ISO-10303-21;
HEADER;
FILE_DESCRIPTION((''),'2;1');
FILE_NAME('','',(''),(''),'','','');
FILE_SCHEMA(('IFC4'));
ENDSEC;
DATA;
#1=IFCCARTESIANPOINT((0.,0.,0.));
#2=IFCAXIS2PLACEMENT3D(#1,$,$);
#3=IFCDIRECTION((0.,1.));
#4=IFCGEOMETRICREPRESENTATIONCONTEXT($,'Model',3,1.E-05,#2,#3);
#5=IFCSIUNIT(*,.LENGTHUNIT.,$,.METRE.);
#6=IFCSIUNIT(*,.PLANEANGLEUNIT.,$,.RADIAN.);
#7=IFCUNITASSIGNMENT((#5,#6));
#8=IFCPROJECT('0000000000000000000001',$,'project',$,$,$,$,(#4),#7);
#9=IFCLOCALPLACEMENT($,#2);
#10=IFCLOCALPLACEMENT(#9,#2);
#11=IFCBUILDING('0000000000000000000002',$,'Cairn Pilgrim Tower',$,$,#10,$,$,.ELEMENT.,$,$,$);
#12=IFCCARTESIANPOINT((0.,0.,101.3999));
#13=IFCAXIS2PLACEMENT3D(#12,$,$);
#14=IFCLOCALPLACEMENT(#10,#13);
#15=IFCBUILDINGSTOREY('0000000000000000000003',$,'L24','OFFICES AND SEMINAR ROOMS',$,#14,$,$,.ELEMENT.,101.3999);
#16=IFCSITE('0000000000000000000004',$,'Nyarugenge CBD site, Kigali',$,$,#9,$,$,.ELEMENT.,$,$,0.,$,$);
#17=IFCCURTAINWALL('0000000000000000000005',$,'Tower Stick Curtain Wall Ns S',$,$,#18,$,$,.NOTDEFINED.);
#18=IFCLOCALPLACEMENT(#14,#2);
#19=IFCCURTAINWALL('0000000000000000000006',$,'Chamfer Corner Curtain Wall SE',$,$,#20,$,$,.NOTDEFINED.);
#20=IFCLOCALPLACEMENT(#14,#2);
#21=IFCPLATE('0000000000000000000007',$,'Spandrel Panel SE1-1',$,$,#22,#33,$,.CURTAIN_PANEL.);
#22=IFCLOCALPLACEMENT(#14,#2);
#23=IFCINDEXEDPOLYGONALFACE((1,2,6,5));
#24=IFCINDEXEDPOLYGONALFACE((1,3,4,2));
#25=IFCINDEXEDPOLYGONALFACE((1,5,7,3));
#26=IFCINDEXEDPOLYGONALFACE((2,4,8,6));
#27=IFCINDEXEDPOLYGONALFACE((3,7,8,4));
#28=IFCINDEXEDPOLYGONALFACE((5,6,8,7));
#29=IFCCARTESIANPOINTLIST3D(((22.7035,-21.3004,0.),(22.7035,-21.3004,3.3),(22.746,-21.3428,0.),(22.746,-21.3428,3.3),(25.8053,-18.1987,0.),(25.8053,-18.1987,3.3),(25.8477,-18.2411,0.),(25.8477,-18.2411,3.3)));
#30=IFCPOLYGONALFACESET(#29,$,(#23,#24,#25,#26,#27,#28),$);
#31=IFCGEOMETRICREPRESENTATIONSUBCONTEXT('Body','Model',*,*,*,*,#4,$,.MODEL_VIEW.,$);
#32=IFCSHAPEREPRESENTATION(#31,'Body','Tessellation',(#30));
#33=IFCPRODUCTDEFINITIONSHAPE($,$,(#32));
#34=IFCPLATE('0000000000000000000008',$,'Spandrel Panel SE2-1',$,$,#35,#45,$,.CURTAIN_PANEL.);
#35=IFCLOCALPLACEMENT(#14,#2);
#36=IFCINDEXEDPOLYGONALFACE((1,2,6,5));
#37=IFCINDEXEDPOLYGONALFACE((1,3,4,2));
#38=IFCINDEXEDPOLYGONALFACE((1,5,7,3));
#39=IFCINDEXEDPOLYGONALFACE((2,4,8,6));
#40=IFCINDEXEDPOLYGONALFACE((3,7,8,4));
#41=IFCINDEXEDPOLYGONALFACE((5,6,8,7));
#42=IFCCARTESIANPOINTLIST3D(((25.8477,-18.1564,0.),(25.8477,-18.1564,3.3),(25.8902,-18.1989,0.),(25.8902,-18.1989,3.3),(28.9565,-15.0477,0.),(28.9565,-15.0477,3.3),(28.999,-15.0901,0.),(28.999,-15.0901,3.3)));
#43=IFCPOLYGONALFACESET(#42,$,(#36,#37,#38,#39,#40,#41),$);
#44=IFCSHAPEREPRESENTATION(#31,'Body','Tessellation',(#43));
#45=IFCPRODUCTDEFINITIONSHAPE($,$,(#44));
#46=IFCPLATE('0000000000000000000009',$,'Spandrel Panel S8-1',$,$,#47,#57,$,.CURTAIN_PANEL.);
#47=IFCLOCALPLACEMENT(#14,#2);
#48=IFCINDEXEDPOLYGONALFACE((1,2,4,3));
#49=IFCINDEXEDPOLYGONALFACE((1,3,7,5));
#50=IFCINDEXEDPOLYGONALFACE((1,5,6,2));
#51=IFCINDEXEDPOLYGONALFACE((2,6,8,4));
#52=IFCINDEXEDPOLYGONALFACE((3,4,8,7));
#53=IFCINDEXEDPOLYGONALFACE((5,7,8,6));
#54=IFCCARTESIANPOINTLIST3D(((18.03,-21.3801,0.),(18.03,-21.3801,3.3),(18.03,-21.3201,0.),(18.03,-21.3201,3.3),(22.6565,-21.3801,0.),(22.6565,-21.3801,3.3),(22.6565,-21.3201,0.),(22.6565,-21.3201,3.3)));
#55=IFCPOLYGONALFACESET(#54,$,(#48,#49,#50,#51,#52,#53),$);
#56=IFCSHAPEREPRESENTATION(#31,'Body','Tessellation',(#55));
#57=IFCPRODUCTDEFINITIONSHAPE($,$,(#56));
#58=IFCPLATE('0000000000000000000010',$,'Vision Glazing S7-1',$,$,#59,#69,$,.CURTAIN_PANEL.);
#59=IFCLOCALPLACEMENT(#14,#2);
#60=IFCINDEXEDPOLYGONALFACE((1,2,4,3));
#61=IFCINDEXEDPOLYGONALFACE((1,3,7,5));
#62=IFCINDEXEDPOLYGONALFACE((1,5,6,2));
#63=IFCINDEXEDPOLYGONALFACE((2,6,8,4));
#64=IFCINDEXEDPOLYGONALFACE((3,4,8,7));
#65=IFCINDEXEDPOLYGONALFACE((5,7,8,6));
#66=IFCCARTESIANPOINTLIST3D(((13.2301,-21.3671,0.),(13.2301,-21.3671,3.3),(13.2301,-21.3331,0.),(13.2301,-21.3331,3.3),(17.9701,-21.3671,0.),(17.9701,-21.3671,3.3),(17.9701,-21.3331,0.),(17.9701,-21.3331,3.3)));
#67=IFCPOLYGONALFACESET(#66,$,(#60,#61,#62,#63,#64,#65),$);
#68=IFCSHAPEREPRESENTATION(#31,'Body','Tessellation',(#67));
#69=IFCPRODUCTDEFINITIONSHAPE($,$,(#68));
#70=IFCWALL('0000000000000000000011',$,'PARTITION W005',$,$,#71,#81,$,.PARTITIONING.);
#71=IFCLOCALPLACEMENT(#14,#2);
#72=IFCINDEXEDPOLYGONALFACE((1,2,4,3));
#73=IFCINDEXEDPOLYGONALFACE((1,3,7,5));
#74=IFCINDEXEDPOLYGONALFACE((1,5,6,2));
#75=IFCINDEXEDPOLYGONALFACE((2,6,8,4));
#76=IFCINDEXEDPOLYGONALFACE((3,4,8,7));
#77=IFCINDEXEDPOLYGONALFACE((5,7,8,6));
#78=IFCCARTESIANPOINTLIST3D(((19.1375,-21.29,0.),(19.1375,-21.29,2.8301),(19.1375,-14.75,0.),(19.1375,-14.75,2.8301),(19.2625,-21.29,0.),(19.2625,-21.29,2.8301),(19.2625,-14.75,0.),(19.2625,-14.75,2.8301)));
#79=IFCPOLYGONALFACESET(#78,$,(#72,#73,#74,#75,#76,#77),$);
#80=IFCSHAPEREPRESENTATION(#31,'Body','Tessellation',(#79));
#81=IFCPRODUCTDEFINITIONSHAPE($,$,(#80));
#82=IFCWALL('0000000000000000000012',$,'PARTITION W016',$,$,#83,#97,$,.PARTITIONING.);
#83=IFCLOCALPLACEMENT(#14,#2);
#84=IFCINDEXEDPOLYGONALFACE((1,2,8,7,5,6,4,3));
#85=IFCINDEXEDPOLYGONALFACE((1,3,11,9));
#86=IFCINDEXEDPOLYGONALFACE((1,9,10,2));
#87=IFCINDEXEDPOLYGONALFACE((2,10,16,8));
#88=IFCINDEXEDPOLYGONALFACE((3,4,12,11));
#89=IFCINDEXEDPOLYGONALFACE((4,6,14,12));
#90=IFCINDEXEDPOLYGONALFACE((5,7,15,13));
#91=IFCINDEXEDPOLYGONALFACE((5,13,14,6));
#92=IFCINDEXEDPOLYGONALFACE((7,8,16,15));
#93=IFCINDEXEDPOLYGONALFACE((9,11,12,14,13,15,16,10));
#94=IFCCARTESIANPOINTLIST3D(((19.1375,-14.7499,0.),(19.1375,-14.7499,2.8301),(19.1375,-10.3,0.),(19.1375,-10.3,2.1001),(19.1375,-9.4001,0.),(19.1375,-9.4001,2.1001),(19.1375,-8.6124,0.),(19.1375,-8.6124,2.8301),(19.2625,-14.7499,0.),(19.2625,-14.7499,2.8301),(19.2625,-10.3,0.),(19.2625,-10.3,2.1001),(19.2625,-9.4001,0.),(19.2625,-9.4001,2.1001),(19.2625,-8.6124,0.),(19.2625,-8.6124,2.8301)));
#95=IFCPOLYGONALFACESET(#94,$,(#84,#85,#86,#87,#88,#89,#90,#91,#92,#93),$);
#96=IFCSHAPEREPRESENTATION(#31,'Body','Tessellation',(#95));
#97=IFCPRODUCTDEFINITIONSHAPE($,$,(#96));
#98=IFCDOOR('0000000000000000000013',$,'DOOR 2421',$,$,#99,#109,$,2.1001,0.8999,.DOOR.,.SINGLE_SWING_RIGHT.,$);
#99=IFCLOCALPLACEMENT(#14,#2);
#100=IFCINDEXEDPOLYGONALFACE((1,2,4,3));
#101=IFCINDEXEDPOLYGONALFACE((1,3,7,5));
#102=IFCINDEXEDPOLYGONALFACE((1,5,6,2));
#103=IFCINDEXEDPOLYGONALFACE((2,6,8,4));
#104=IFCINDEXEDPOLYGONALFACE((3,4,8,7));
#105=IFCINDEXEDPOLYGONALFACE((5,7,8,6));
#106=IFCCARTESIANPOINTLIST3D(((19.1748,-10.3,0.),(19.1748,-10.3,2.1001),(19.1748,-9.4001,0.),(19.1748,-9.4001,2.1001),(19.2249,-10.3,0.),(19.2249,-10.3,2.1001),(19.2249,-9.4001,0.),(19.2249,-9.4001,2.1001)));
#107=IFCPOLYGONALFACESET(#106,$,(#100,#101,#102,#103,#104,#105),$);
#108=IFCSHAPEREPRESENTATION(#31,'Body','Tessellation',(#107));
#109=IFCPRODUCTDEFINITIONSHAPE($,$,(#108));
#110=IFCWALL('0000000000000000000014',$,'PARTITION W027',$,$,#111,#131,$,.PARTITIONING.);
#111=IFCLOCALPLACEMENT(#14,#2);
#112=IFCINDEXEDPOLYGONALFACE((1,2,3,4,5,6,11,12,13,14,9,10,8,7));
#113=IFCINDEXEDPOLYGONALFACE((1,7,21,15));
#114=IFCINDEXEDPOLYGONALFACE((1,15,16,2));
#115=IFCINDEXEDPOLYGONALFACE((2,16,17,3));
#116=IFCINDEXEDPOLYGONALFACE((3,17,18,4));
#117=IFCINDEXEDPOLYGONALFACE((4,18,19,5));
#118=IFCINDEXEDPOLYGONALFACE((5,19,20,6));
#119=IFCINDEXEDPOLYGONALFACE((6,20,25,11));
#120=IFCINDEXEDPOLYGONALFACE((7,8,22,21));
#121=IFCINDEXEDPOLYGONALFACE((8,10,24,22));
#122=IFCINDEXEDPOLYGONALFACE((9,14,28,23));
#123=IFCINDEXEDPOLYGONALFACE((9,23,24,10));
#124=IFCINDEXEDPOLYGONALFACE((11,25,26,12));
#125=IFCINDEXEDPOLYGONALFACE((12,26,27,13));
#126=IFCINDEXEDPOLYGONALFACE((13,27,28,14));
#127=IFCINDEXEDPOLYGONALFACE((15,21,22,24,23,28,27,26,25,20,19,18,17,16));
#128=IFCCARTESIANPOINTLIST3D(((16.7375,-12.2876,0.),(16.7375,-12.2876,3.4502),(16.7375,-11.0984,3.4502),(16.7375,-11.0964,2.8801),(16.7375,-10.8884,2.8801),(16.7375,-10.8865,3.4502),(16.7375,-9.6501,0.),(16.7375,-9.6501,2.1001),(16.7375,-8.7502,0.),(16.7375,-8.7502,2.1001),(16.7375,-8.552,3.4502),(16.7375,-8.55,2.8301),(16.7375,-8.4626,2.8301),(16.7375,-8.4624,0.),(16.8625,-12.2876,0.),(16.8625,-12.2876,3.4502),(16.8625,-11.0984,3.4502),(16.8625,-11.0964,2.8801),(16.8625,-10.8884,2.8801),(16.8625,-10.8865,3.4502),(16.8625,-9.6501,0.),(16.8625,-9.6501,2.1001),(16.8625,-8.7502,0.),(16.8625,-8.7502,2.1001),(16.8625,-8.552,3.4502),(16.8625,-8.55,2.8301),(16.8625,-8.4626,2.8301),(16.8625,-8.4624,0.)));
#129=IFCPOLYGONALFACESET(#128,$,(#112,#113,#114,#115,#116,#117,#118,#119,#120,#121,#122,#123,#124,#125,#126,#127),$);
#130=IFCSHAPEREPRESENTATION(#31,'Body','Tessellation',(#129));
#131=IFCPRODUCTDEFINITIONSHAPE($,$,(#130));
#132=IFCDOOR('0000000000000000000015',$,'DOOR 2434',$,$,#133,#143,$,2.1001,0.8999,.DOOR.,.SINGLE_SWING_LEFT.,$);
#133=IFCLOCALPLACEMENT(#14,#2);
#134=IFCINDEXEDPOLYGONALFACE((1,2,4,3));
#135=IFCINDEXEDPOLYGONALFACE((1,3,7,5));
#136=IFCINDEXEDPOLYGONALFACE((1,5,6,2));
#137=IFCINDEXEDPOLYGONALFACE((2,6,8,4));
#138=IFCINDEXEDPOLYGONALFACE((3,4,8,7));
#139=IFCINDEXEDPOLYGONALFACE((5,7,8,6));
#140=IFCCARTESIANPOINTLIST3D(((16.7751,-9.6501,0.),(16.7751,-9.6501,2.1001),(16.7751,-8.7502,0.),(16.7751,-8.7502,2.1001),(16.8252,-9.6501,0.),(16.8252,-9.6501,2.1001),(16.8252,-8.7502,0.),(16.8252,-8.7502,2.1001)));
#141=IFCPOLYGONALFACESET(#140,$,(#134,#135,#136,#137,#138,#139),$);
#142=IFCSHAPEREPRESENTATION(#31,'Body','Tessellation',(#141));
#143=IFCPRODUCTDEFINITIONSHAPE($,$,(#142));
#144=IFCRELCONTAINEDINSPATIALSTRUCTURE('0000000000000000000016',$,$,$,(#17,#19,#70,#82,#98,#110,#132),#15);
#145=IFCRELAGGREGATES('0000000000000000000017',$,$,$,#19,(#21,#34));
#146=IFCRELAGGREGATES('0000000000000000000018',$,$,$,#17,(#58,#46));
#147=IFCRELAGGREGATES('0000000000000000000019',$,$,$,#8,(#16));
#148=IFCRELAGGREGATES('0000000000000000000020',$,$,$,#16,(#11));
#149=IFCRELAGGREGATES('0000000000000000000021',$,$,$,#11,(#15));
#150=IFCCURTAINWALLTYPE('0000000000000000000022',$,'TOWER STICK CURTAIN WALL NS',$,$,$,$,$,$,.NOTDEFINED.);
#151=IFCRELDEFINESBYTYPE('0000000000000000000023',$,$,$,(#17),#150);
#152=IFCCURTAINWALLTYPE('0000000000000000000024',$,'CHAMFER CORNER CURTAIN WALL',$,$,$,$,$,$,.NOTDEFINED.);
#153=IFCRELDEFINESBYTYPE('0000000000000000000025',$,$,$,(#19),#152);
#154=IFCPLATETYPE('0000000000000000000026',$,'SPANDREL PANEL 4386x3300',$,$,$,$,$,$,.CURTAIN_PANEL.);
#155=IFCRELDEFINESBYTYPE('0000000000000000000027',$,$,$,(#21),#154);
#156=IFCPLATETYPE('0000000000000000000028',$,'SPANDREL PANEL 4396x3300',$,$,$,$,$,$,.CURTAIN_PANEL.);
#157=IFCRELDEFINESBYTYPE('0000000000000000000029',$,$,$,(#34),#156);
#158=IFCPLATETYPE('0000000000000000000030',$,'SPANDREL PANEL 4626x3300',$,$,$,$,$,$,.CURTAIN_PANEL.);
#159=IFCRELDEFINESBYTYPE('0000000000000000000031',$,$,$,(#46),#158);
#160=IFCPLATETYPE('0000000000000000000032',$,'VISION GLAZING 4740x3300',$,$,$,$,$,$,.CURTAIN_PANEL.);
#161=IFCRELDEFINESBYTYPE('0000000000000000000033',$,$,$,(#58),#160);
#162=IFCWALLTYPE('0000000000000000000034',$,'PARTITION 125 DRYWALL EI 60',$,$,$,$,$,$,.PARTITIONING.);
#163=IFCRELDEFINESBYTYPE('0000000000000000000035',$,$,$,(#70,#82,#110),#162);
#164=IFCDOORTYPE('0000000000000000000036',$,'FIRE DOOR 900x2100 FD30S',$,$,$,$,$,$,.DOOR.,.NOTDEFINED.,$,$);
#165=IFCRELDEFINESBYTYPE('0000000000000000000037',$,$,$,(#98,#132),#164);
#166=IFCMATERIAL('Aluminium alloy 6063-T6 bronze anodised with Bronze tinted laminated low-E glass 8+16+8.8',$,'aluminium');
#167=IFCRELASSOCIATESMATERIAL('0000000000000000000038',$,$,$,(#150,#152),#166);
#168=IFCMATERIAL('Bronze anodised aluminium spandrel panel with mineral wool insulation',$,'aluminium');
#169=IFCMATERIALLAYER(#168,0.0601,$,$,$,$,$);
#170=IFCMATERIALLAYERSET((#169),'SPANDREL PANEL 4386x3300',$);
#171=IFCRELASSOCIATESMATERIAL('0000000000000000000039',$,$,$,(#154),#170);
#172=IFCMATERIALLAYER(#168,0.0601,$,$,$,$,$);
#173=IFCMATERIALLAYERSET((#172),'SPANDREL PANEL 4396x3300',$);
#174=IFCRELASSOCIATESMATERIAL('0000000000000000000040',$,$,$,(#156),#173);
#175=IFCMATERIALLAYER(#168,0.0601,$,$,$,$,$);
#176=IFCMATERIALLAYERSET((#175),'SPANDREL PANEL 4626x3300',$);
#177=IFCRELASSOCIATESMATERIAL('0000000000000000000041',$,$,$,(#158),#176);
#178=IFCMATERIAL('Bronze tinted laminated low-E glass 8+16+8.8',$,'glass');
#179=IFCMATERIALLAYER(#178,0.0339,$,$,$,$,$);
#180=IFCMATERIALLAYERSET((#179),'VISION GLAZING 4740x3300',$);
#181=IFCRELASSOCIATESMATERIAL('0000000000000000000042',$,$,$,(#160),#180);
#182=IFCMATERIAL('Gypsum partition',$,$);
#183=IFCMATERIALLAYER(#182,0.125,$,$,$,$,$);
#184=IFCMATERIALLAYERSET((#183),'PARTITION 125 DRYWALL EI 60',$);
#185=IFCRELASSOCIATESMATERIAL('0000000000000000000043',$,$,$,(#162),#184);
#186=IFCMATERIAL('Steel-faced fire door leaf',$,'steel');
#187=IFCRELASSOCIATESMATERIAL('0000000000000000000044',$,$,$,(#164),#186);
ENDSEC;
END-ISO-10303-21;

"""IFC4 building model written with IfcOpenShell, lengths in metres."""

from ifc_helpers import new_model, si_unit, direction, frame, frame_2d, origin, origin_2d, place, context, subcontext, project, spatial, polyline, rectangle, outline, extrude, material, layer, layer_set, type_object, element, fill, aggregate, save


model = new_model("IFC4")

# Units and contexts
model_context = context("Model", 3, precision=1e-05, world=origin(), true_north=direction((0.0, 1.0)))
body_context = subcontext(model_context, "Body", "Model", "MODEL_VIEW")
ifc_project = project(units=[si_unit("LENGTHUNIT", "METRE"), si_unit("PLANEANGLEUNIT", "RADIAN")], contexts=[model_context])

# Site, building, storey
site_placement = place(None, origin())
site = spatial("IfcSite", under=ifc_project, at=site_placement, Name="Nyarugenge CBD site, Kigali", CompositionType="ELEMENT", RefElevation=0.0)
building_placement = place(site_placement, origin())
building = spatial("IfcBuilding", under=site, at=building_placement, Name="Cairn Pilgrim Tower", CompositionType="ELEMENT")
storey_placement = place(building_placement, frame((0.0, 0.0, 101.3999)))
storey = spatial("IfcBuildingStorey", under=building, at=storey_placement, Name="L24", Description="OFFICES AND SEMINAR ROOMS", CompositionType="ELEMENT", Elevation=101.3999)

# Curtain wall
ifc_material_1 = material(Name="Aluminium alloy 6063-T6 bronze anodised with Bronze tinted laminated low-E glass 8+16+8.8", Category="aluminium")
curtain_wall_type_1 = type_object("IfcCurtainWallType", Name="TOWER STICK CURTAIN WALL NS", PredefinedType="NOTDEFINED", material=ifc_material_1)
curtain_wall_1_placement = place(storey_placement, origin())
curtain_wall_1 = element("IfcCurtainWall", 1, at=curtain_wall_1_placement, inside=storey, type_object=curtain_wall_type_1, Name="Tower Stick Curtain Wall Ns S", PredefinedType="NOTDEFINED")

# Curtain wall
curtain_wall_type_2 = type_object("IfcCurtainWallType", Name="CHAMFER CORNER CURTAIN WALL", PredefinedType="NOTDEFINED", material=ifc_material_1)
curtain_wall_2_placement = place(storey_placement, origin())
curtain_wall_2 = element("IfcCurtainWall", 2, at=curtain_wall_2_placement, inside=storey, type_object=curtain_wall_type_2, Name="Chamfer Corner Curtain Wall SE", PredefinedType="NOTDEFINED")

# Plates
ifc_material_2 = material(Name="Bronze anodised aluminium spandrel panel with mineral wool insulation", Category="aluminium")
ifc_layer_1 = layer(ifc_material_2, 0.0601)
ifc_layer_set_1 = layer_set([ifc_layer_1], Name="SPANDREL PANEL 4386x3300")
plate_type_1 = type_object("IfcPlateType", Name="SPANDREL PANEL 4386x3300", PredefinedType="CURTAIN_PANEL", material=ifc_layer_set_1)
plate_1_placement = place(storey_placement, frame((24.2756, -19.7708, 0.0), z_axis=(0.0, 0.0, 1.0), x_axis=(0.707107, 0.707107, 0.0)))
plate_1 = element("IfcPlate", 3, at=plate_1_placement, type_object=plate_type_1, Name="Spandrel Panel SE1-1", PredefinedType="CURTAIN_PANEL", context=body_context, shape_type="SweptSolid", body=[
    extrude(rectangle(XDim=4.3865, YDim=0.0601, at=origin_2d()), origin(), (0.0, 0.0, 1.0), 3.3),
])
ifc_layer_2 = layer(ifc_material_2, 0.0601)
ifc_layer_set_2 = layer_set([ifc_layer_2], Name="SPANDREL PANEL 4396x3300")
plate_type_2 = type_object("IfcPlateType", Name="SPANDREL PANEL 4396x3300", PredefinedType="CURTAIN_PANEL", material=ifc_layer_set_2)
plate_2_placement = place(storey_placement, frame((27.4233, -16.6233, 0.0), z_axis=(0.0, 0.0, 1.0), x_axis=(0.707107, 0.707107, 0.0)))
plate_2 = element("IfcPlate", 4, at=plate_2_placement, type_object=plate_type_2, Name="Spandrel Panel SE2-1", PredefinedType="CURTAIN_PANEL", context=body_context, shape_type="SweptSolid", body=[
    extrude(rectangle(XDim=4.3965, YDim=0.0601, at=origin_2d()), origin(), (0.0, 0.0, 1.0), 3.3),
])
aggregate(curtain_wall_2, [plate_1, plate_2])
ifc_layer_3 = layer(ifc_material_2, 0.0601)
ifc_layer_set_3 = layer_set([ifc_layer_3], Name="SPANDREL PANEL 4626x3300")
plate_type_3 = type_object("IfcPlateType", Name="SPANDREL PANEL 4626x3300", PredefinedType="CURTAIN_PANEL", material=ifc_layer_set_3)
plate_3_placement = place(storey_placement, frame((20.3433, -21.3501, 0.0), z_axis=(0.0, 0.0, 1.0), x_axis=(1.0, 0.0, 0.0)))
plate_3 = element("IfcPlate", 5, at=plate_3_placement, type_object=plate_type_3, Name="Spandrel Panel S8-1", PredefinedType="CURTAIN_PANEL", context=body_context, shape_type="SweptSolid", body=[
    extrude(rectangle(XDim=4.6265, YDim=0.0601, at=origin_2d()), origin(), (0.0, 0.0, 1.0), 3.3),
])
ifc_material_3 = material(Name="Bronze tinted laminated low-E glass 8+16+8.8", Category="glass")
ifc_layer_4 = layer(ifc_material_3, 0.0339)
ifc_layer_set_4 = layer_set([ifc_layer_4], Name="VISION GLAZING 4740x3300")
plate_type_4 = type_object("IfcPlateType", Name="VISION GLAZING 4740x3300", PredefinedType="CURTAIN_PANEL", material=ifc_layer_set_4)
plate_4_placement = place(storey_placement, frame((15.6001, -21.3501, 0.0), z_axis=(0.0, 0.0, 1.0), x_axis=(1.0, 0.0, 0.0)))
plate_4 = element("IfcPlate", 6, at=plate_4_placement, type_object=plate_type_4, Name="Vision Glazing S7-1", PredefinedType="CURTAIN_PANEL", context=body_context, shape_type="SweptSolid", body=[
    extrude(rectangle(XDim=4.74, YDim=0.0339, at=origin_2d()), origin(), (0.0, 0.0, 1.0), 3.3),
])
aggregate(curtain_wall_1, [plate_4, plate_3])

# Wall
ifc_material_4 = material(Name="Gypsum partition")
ifc_layer_5 = layer(ifc_material_4, 0.125)
ifc_layer_set_5 = layer_set([ifc_layer_5], Name="PARTITION 125 DRYWALL EI 60")
wall_type_1 = type_object("IfcWallType", Name="PARTITION 125 DRYWALL EI 60", PredefinedType="PARTITIONING", material=ifc_layer_set_5)
wall_1_placement = place(storey_placement, frame((19.2, -21.29, 0.0), z_axis=(0.0, 0.0, 1.0), x_axis=(0.0, 1.0, 0.0)))
element("IfcWall", 7, at=wall_1_placement, inside=storey, type_object=wall_type_1, Name="PARTITION W005", PredefinedType="PARTITIONING", context=body_context, shape_type="SweptSolid", body=[
    extrude(rectangle(XDim=6.54, YDim=0.125, at=frame_2d((3.27, 0.0))), origin(), (0.0, 0.0, 1.0), 2.8301),
])

# Walls, openings, doors
wall_2_placement = place(storey_placement, frame((19.2, -14.75, 0.0), z_axis=(0.0, 0.0, 1.0), x_axis=(0.0, 1.0, 0.0)))
wall_2 = element("IfcWall", 8, at=wall_2_placement, inside=storey, type_object=wall_type_1, Name="PARTITION W016", PredefinedType="PARTITIONING", context=body_context, shape_type="SweptSolid", body=[
    extrude(rectangle(XDim=6.1375, YDim=0.125, at=frame_2d((3.0688, 0.0))), origin(), (0.0, 0.0, 1.0), 2.8301),
])
opening_1_placement = place(wall_2_placement, frame((4.45, 0.0, 0.0)))
opening_1 = element("IfcOpeningElement", 9, at=opening_1_placement, cuts=wall_2, PredefinedType="OPENING", context=body_context, shape_type="SweptSolid", body=[
    extrude(rectangle(XDim=0.8999, YDim=2.1001, at=frame_2d((0.45, 1.05))), frame((0.0, 0.0725, 0.0), z_axis=(0.0, -1.0, 0.0), x_axis=(1.0, 0.0, 0.0)), (0.0, 0.0, 1.0), 0.145),
])
ifc_material_5 = material(Name="Steel-faced fire door leaf", Category="steel")
door_type_1 = type_object("IfcDoorType", Name="FIRE DOOR 900x2100 FD30S", OperationType="NOTDEFINED", PredefinedType="DOOR", material=ifc_material_5)
door_1_placement = place(opening_1_placement, frame((0.8999, 0.0, 0.0), z_axis=(0.0, 0.0, 1.0), x_axis=(-1.0, 0.0, 0.0)))
door_1 = element("IfcDoor", 10, at=door_1_placement, inside=storey, type_object=door_type_1, Name="DOOR 2421", OperationType="SINGLE_SWING_RIGHT", OverallHeight=2.1001, OverallWidth=0.8999, PredefinedType="DOOR", context=body_context, shape_type="SweptSolid", body=[
    extrude(rectangle(XDim=0.8999, YDim=2.1001, at=frame_2d((0.45, 1.05))), frame((0.0, 0.0249, 0.0), z_axis=(0.0, -1.0, 0.0), x_axis=(1.0, 0.0, 0.0)), (0.0, 0.0, 1.0), 0.05),
])
fill(opening_1, door_1)
wall_3_placement = place(storey_placement, frame((16.8, -12.2876, 0.0), z_axis=(0.0, 0.0, 1.0), x_axis=(0.0, 1.0, 0.0)))
wall_3 = element("IfcWall", 11, at=wall_3_placement, inside=storey, type_object=wall_type_1, Name="PARTITION W027", PredefinedType="PARTITIONING", context=body_context, shape_type="SweptSolid", body=[
    extrude(outline(polyline([(0.0, 0.0), (3.8252, 0.0), (3.825, 2.8301), (3.7375, 2.8301), (3.7356, 3.4502), (1.4011, 3.4502), (1.3992, 2.8801), (1.1912, 2.8801), (1.1892, 3.4502), (0.0, 3.4502), (0.0, 0.0)])), frame((0.0, 0.0625, 0.0), z_axis=(0.0, -1.0, 0.0), x_axis=(1.0, 0.0, 0.0)), (0.0, 0.0, 1.0), 0.125),
])
opening_2_placement = place(wall_3_placement, frame((2.6375, 0.0, 0.0)))
opening_2 = element("IfcOpeningElement", 12, at=opening_2_placement, cuts=wall_3, PredefinedType="OPENING", context=body_context, shape_type="SweptSolid", body=[
    extrude(rectangle(XDim=0.8999, YDim=2.1001, at=frame_2d((0.45, 1.05))), frame((0.0, 0.0725, 0.0), z_axis=(0.0, -1.0, 0.0), x_axis=(1.0, 0.0, 0.0)), (0.0, 0.0, 1.0), 0.145),
])
door_2_placement = place(opening_2_placement, origin())
door_2 = element("IfcDoor", 13, at=door_2_placement, inside=storey, type_object=door_type_1, Name="DOOR 2434", OperationType="SINGLE_SWING_LEFT", OverallHeight=2.1001, OverallWidth=0.8999, PredefinedType="DOOR", context=body_context, shape_type="SweptSolid", body=[
    extrude(rectangle(XDim=0.8999, YDim=2.1001, at=frame_2d((0.45, 1.05))), frame((0.0, 0.0249, 0.0), z_axis=(0.0, -1.0, 0.0), x_axis=(1.0, 0.0, 0.0)), (0.0, 0.0, 1.0), 0.05),
])
fill(opening_2, door_2)

save(model, "model.ifc")
